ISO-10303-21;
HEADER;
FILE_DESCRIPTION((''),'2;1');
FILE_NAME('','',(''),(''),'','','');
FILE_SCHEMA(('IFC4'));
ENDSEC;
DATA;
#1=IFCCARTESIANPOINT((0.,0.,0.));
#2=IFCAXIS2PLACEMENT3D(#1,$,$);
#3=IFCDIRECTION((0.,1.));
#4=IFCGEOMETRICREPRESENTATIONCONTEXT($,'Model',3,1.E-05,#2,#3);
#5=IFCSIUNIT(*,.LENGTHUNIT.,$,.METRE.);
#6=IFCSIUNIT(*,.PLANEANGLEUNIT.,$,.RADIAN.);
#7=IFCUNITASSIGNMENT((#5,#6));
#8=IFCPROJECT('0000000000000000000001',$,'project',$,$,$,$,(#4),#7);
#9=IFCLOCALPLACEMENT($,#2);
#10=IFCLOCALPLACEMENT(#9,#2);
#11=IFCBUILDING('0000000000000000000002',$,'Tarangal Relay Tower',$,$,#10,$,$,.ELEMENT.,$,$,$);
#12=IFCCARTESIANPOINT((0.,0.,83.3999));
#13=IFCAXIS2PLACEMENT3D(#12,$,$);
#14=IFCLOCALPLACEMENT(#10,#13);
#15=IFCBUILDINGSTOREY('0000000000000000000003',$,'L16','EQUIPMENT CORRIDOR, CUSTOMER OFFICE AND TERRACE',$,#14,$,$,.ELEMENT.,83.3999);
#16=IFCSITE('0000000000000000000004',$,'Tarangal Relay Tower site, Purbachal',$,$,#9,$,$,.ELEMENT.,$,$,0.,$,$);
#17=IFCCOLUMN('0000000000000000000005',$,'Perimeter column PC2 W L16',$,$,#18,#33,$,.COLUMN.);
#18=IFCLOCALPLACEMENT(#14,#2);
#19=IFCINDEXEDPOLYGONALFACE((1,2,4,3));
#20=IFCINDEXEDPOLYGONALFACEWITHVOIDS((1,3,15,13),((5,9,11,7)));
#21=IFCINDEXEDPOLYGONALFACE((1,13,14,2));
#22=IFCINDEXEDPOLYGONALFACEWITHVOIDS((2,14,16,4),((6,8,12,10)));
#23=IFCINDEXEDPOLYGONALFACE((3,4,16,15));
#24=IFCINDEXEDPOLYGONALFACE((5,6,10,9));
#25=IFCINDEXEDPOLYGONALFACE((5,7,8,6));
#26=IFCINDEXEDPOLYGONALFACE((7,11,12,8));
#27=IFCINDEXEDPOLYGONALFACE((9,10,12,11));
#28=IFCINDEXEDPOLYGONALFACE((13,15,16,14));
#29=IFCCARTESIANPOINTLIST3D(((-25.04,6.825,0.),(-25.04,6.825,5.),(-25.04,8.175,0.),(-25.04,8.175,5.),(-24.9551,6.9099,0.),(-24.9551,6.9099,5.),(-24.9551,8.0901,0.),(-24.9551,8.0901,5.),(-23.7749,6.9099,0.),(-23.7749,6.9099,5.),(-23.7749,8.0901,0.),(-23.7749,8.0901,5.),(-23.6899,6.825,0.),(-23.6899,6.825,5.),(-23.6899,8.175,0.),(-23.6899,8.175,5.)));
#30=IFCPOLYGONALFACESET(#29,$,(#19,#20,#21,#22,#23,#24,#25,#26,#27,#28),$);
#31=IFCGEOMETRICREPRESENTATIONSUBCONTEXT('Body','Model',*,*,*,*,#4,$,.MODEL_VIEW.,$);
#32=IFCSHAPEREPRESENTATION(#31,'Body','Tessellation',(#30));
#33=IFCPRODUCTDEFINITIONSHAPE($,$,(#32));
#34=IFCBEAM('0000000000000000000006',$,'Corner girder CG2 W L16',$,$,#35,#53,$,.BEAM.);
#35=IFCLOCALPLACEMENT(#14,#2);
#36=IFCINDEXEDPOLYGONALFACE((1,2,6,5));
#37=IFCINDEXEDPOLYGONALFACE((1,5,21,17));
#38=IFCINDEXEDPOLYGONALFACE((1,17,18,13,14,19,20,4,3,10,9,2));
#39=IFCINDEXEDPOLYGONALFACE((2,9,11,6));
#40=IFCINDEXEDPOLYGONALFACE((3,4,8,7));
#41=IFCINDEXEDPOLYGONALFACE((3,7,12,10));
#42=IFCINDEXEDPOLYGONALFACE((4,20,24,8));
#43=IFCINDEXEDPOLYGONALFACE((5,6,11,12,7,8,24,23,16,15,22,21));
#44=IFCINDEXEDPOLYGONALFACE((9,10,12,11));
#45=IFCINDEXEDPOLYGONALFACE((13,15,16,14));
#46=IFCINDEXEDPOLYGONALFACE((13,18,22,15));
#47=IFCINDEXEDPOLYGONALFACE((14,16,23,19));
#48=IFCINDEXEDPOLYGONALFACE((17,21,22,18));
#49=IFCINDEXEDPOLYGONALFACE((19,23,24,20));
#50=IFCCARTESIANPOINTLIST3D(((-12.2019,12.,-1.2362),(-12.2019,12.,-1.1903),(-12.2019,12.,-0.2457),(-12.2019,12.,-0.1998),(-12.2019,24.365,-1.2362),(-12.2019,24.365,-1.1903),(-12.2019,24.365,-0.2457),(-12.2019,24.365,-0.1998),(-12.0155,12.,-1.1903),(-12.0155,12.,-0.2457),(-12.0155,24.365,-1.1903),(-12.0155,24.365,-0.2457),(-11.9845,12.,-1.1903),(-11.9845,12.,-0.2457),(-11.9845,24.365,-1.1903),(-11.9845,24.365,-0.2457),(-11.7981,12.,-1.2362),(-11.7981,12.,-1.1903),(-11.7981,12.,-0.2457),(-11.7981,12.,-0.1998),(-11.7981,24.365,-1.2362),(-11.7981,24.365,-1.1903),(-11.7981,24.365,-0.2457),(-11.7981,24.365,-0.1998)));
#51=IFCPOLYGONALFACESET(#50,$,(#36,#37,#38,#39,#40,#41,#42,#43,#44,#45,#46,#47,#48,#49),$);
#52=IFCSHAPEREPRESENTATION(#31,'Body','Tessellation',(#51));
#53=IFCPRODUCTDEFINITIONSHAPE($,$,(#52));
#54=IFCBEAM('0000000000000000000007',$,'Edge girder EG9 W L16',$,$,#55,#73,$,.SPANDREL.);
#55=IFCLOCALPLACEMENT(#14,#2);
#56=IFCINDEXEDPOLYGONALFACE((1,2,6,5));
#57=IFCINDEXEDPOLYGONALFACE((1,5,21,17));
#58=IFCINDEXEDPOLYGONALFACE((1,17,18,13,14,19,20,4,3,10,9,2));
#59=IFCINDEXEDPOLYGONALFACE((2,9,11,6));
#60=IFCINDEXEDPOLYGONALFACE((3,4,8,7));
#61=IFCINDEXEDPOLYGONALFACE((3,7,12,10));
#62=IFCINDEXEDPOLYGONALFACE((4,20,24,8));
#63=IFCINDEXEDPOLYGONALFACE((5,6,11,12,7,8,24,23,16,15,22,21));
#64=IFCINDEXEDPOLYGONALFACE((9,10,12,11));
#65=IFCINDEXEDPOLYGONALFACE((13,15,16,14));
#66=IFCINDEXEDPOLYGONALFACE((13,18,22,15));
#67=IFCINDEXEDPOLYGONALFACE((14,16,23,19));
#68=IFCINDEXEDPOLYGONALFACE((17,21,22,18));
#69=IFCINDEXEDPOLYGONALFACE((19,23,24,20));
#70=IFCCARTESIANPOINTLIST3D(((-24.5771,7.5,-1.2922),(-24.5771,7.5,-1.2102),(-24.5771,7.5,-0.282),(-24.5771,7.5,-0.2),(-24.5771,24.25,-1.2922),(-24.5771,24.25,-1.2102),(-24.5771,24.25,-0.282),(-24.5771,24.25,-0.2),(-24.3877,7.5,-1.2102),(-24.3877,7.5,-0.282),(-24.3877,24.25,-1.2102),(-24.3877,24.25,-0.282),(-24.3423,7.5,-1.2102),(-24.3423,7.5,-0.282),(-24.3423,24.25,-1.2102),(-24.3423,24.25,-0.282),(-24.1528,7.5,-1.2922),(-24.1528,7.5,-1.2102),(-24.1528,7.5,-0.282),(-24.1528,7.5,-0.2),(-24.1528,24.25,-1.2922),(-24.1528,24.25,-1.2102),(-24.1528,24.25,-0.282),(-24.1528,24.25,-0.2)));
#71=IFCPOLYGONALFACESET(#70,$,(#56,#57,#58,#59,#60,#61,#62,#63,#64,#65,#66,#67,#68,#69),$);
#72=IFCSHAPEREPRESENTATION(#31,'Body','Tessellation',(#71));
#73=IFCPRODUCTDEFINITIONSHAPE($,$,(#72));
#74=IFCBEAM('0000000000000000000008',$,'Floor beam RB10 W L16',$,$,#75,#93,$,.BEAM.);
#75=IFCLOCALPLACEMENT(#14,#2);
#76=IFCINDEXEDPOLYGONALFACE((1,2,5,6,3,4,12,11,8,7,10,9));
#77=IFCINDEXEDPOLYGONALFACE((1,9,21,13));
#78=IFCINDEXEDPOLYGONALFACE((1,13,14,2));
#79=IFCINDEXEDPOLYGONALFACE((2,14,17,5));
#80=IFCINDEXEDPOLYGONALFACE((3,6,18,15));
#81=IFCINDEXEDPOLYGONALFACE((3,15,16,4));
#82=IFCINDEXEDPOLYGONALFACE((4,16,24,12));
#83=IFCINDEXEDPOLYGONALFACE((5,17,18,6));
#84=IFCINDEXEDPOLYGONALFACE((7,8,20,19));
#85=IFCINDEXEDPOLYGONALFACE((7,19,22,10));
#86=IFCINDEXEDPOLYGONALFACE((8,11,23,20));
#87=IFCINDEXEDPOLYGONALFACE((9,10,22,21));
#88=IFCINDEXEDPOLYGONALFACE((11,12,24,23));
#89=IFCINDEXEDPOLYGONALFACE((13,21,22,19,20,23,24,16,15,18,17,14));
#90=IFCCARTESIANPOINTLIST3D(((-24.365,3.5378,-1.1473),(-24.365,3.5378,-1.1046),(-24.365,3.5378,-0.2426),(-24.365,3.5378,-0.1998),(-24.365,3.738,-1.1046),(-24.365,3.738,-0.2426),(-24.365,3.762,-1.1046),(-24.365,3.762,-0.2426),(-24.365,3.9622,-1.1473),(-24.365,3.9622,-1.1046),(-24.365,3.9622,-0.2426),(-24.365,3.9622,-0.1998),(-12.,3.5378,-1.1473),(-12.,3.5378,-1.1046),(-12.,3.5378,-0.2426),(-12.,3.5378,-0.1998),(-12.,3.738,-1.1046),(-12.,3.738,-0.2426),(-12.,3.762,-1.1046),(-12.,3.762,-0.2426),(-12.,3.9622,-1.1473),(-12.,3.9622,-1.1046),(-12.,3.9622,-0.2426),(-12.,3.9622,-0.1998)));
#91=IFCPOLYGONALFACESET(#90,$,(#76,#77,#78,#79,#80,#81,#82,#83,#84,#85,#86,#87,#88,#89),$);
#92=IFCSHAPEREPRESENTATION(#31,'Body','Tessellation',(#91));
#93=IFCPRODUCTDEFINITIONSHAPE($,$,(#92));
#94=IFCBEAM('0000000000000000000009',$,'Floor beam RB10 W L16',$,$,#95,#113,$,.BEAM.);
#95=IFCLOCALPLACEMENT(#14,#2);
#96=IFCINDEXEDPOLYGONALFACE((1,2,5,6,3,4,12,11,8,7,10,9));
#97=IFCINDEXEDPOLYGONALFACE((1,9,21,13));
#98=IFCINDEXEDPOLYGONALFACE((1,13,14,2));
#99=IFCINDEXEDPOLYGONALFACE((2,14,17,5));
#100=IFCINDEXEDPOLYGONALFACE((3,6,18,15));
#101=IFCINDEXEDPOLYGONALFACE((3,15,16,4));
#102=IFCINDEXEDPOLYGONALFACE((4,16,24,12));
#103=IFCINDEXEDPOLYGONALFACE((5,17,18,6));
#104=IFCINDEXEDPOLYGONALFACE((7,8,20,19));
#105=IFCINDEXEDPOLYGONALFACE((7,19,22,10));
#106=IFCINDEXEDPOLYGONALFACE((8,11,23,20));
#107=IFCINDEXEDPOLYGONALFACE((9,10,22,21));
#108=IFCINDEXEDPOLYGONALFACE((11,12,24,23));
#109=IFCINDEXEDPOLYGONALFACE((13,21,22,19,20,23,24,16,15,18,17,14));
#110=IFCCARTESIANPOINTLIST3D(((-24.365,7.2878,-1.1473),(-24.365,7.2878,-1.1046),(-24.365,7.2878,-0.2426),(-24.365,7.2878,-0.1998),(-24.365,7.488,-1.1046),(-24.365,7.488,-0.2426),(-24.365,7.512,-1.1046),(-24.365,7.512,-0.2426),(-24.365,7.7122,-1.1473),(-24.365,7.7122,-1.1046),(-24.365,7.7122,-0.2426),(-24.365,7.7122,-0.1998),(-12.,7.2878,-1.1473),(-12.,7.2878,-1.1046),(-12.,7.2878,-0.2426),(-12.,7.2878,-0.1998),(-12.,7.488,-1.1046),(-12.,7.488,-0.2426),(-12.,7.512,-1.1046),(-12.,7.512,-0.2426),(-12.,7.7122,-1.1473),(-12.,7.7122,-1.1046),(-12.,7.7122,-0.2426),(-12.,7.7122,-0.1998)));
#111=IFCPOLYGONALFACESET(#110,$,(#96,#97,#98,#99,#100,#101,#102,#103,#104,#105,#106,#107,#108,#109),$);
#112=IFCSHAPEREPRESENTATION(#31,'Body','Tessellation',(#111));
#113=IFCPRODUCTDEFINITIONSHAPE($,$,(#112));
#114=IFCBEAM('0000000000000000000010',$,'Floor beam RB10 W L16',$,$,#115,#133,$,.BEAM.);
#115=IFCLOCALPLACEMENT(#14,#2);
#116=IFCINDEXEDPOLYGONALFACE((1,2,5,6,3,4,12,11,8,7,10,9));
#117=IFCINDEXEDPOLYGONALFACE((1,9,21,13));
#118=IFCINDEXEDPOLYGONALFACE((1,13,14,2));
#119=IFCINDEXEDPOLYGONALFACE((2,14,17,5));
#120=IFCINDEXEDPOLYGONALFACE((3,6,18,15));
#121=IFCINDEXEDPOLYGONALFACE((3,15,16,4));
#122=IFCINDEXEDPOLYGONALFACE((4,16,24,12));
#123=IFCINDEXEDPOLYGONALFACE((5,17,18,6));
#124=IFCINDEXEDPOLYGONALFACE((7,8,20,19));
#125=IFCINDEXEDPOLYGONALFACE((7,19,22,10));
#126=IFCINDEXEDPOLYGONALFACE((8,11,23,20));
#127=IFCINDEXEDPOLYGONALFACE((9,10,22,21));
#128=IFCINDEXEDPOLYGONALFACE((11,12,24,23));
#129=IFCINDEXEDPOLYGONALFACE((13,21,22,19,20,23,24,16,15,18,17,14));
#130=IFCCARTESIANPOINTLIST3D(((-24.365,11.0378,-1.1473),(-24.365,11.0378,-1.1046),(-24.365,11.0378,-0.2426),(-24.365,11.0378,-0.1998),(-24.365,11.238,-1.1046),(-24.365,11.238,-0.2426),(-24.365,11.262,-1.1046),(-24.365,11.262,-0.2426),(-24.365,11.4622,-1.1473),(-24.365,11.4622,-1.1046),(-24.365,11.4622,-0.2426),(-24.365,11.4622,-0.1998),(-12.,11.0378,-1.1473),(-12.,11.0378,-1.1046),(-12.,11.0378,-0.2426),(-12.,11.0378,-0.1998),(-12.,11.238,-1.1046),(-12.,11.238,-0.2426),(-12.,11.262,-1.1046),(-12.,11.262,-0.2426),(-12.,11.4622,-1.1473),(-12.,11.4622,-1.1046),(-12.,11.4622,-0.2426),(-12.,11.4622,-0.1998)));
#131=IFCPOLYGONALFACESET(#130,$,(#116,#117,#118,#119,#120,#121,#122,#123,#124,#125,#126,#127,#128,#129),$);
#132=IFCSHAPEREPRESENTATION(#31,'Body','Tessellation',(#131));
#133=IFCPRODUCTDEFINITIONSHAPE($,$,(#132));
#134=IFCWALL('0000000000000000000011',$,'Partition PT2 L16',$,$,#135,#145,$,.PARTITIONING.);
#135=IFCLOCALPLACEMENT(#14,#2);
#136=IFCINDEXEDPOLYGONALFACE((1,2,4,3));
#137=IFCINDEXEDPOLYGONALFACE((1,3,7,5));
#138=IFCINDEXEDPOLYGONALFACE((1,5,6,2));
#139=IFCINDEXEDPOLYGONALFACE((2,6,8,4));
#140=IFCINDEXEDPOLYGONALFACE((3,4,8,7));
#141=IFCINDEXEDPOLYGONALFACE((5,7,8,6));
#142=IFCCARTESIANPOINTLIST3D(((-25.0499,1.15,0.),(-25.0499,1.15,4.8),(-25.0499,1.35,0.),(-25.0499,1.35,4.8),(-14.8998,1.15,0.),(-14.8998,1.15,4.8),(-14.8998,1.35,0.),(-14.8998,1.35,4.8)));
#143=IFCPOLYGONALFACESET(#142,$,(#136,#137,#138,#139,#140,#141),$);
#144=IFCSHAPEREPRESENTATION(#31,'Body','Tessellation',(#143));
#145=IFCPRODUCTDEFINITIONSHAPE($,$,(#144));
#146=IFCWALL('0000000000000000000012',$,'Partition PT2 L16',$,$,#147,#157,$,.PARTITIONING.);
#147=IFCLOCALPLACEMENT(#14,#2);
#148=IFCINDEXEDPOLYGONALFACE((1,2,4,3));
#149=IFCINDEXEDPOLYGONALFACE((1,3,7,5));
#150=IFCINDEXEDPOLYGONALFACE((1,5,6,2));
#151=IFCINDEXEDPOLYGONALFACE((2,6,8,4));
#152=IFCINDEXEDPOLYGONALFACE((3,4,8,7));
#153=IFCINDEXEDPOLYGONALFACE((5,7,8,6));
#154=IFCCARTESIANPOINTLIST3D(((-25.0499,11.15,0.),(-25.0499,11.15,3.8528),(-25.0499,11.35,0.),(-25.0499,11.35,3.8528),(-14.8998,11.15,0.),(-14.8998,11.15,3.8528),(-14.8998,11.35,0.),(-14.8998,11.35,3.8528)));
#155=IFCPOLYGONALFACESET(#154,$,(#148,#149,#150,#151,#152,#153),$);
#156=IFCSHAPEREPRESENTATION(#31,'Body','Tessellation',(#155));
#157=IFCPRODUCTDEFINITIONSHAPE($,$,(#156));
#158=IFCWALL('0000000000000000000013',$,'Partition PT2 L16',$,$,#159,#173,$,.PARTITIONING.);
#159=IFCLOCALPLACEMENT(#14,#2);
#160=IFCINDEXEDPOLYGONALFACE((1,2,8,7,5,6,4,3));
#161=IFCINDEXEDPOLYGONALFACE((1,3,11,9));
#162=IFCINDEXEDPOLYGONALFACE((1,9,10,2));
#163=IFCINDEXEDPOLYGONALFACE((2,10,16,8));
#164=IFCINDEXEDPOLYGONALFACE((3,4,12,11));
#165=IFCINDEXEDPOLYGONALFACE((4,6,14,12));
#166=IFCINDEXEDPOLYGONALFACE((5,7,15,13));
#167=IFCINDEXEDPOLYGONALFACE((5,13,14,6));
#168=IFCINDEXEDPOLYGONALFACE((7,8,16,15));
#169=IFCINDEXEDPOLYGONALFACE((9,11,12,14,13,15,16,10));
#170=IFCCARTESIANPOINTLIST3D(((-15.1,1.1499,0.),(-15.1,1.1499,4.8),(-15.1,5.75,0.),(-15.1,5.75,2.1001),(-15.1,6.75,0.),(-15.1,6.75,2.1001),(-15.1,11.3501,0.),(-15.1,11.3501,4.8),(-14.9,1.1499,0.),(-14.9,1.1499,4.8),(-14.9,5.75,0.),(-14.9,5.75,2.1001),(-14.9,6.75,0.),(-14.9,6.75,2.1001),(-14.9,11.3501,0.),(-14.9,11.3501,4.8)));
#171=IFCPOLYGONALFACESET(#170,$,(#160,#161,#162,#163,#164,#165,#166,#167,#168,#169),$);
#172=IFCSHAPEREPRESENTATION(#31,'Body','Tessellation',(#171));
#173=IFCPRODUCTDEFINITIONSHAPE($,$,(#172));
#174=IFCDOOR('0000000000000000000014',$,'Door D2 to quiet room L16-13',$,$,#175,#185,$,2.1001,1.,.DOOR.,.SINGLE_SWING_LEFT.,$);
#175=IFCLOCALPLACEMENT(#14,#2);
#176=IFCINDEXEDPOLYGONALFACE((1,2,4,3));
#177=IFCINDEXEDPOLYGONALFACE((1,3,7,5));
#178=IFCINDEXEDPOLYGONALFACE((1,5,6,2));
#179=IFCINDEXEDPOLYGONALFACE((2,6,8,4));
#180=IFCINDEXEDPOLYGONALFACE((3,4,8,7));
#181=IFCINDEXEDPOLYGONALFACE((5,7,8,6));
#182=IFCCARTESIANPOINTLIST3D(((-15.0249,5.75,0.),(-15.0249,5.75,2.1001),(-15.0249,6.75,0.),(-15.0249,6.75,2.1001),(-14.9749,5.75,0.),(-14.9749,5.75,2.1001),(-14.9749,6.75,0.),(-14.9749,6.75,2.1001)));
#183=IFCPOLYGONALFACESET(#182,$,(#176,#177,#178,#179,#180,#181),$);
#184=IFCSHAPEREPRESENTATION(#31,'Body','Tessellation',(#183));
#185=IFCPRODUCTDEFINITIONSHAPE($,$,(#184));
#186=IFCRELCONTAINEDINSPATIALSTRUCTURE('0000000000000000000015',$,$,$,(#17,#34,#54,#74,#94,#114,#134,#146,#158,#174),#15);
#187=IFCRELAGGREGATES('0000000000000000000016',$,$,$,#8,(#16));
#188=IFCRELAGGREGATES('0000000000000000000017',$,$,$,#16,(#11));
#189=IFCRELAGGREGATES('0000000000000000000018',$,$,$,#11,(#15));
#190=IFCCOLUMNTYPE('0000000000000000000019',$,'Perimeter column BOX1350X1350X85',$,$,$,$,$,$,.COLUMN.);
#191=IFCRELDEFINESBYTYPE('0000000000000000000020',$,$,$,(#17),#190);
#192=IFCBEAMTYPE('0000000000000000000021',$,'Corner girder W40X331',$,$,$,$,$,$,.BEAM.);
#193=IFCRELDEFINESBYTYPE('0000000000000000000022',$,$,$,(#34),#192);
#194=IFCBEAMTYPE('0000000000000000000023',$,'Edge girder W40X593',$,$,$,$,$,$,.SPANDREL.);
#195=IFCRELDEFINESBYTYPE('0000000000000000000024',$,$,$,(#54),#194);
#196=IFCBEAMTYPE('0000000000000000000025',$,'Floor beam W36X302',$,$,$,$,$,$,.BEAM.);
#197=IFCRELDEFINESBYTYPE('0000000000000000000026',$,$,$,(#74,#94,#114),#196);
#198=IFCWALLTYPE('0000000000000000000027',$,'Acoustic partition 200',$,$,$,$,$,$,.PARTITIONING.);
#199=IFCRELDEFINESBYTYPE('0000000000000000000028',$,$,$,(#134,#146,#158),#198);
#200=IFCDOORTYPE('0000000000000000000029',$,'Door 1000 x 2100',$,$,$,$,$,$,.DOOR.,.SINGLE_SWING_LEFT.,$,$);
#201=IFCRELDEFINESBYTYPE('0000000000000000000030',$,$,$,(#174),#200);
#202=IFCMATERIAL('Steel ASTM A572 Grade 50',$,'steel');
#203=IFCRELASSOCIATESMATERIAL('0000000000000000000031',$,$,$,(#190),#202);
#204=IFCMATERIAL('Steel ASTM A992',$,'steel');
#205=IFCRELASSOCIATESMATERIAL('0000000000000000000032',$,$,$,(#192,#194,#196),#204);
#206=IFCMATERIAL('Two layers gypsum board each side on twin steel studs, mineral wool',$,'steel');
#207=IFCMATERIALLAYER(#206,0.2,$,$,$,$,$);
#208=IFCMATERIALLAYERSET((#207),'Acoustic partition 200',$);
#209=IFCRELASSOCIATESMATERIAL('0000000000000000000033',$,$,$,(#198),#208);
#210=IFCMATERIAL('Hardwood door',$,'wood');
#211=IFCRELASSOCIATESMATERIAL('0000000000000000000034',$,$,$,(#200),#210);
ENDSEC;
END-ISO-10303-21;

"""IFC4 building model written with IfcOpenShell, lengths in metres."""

from ifc_helpers import new_model, si_unit, direction, frame, frame_2d, origin, origin_2d, place, context, subcontext, project, spatial, rectangle, hollow_rectangle, i_section, extrude, material, layer, layer_set, material_profile, profile_set, type_object, element, fill, save


model = new_model("IFC4")

# Units and contexts
model_context = context("Model", 3, precision=1e-05, world=origin(), true_north=direction((0.0, 1.0)))
body_context = subcontext(model_context, "Body", "Model", "MODEL_VIEW")
ifc_project = project(units=[si_unit("LENGTHUNIT", "METRE"), si_unit("PLANEANGLEUNIT", "RADIAN")], contexts=[model_context])

# Site, building, storey
site_placement = place(None, origin())
site = spatial("IfcSite", under=ifc_project, at=site_placement, Name="Tarangal Relay Tower site, Purbachal", CompositionType="ELEMENT", RefElevation=0.0)
building_placement = place(site_placement, origin())
building = spatial("IfcBuilding", under=site, at=building_placement, Name="Tarangal Relay Tower", CompositionType="ELEMENT")
storey_placement = place(building_placement, frame((0.0, 0.0, 83.3999)))
storey = spatial("IfcBuildingStorey", under=building, at=storey_placement, Name="L16", Description="EQUIPMENT CORRIDOR, CUSTOMER OFFICE AND TERRACE", CompositionType="ELEMENT", Elevation=83.3999)

# Column
ifc_material_1 = material(Name="Steel ASTM A572 Grade 50", Category="steel")
ifc_material_profile_1 = material_profile(ifc_material_1, hollow_rectangle(XDim=1.3501, YDim=1.3501, WallThickness=0.085, at=origin_2d()), Name="BOX1350X1350X85")
ifc_profile_set_1 = profile_set([ifc_material_profile_1], Name="Steel ASTM A572 Grade 50")
column_type = type_object("IfcColumnType", Name="Perimeter column BOX1350X1350X85", PredefinedType="COLUMN", material=ifc_profile_set_1)
column_placement = place(storey_placement, frame((-24.365, 7.5, 0.0), z_axis=(0.0, 0.0, 1.0), x_axis=(1.0, 0.0, 0.0)))
element("IfcColumn", 1, at=column_placement, inside=storey, type_object=column_type, Name="Perimeter column PC2 W L16", PredefinedType="COLUMN", context=body_context, shape_type="SweptSolid", body=[
    extrude(hollow_rectangle(XDim=1.3501, YDim=1.3501, WallThickness=0.085, at=origin_2d()), origin(), (0.0, 0.0, 1.0), 5.0),
])

# Beams
ifc_material_2 = material(Name="Steel ASTM A992", Category="steel")
ifc_material_profile_2 = material_profile(ifc_material_2, i_section(OverallWidth=0.4038, OverallDepth=1.0364, WebThickness=0.031, FlangeThickness=0.0459, at=origin_2d()), Name="W40X331")
ifc_profile_set_2 = profile_set([ifc_material_profile_2], Name="Steel ASTM A992")
beam_type_1 = type_object("IfcBeamType", Name="Corner girder W40X331", PredefinedType="BEAM", material=ifc_profile_set_2)
beam_1_placement = place(storey_placement, frame((-12.0, 12.0, -0.718), z_axis=(0.0, 1.0, 0.0), x_axis=(-1.0, 0.0, 0.0)))
element("IfcBeam", 2, at=beam_1_placement, inside=storey, type_object=beam_type_1, Name="Corner girder CG2 W L16", PredefinedType="BEAM", context=body_context, shape_type="SweptSolid", body=[
    extrude(i_section(OverallWidth=0.4038, OverallDepth=1.0364, WebThickness=0.031, FlangeThickness=0.0459, at=origin_2d()), origin(), (0.0, 0.0, 1.0), 12.365),
])
ifc_material_profile_3 = material_profile(ifc_material_2, i_section(OverallWidth=0.4243, OverallDepth=1.0923, WebThickness=0.0454, FlangeThickness=0.082, at=origin_2d()), Name="W40X593")
ifc_profile_set_3 = profile_set([ifc_material_profile_3], Name="Steel ASTM A992")
beam_type_2 = type_object("IfcBeamType", Name="Edge girder W40X593", PredefinedType="SPANDREL", material=ifc_profile_set_3)
beam_2_placement = place(storey_placement, frame((-24.365, 7.5, -0.7461), z_axis=(0.0, 1.0, 0.0), x_axis=(-1.0, 0.0, 0.0)))
element("IfcBeam", 3, at=beam_2_placement, inside=storey, type_object=beam_type_2, Name="Edge girder EG9 W L16", PredefinedType="SPANDREL", context=body_context, shape_type="SweptSolid", body=[
    extrude(i_section(OverallWidth=0.4243, OverallDepth=1.0923, WebThickness=0.0454, FlangeThickness=0.082, at=origin_2d()), origin(), (0.0, 0.0, 1.0), 16.75),
])
ifc_material_profile_4 = material_profile(ifc_material_2, i_section(OverallWidth=0.4243, OverallDepth=0.9475, WebThickness=0.0239, FlangeThickness=0.0427, at=origin_2d()), Name="W36X302")
ifc_profile_set_4 = profile_set([ifc_material_profile_4], Name="Steel ASTM A992")
beam_type_3 = type_object("IfcBeamType", Name="Floor beam W36X302", PredefinedType="BEAM", material=ifc_profile_set_4)
for number, where, z_axis, x_axis, name in (
    (4, (-12.0, 3.75, -0.6736), (-1.0, 0.0, 0.0), (0.0, -1.0, 0.0), "Floor beam RB10 W L16"),
    (5, (-12.0, 7.5, -0.6736), (-1.0, 0.0, 0.0), (0.0, -1.0, 0.0), "Floor beam RB10 W L16"),
    (6, (-12.0, 11.25, -0.6736), (-1.0, 0.0, 0.0), (0.0, -1.0, 0.0), "Floor beam RB10 W L16"),
):
    element("IfcBeam", number, at=place(storey_placement, frame(where, z_axis=z_axis, x_axis=x_axis)), inside=storey, type_object=beam_type_3, Name=name, PredefinedType="BEAM", context=body_context, shape_type="SweptSolid", body=[
        extrude(i_section(OverallWidth=0.4243, OverallDepth=0.9475, WebThickness=0.0239, FlangeThickness=0.0427, at=origin_2d()), origin(), (0.0, 0.0, 1.0), 12.365),
    ])

# Walls
ifc_material_3 = material(Name="Two layers gypsum board each side on twin steel studs, mineral wool", Category="steel")
ifc_layer_1 = layer(ifc_material_3, 0.2)
ifc_layer_set_1 = layer_set([ifc_layer_1], Name="Acoustic partition 200")
wall_type_1 = type_object("IfcWallType", Name="Acoustic partition 200", PredefinedType="PARTITIONING", material=ifc_layer_set_1)
wall_1_placement = place(storey_placement, frame((-25.05, 1.25, 0.0), z_axis=(0.0, 0.0, 1.0), x_axis=(1.0, 0.0, 0.0)))
element("IfcWall", 7, at=wall_1_placement, inside=storey, type_object=wall_type_1, Name="Partition PT2 L16", PredefinedType="PARTITIONING", context=body_context, shape_type="SweptSolid", body=[
    extrude(rectangle(XDim=10.1501, YDim=0.2, at=frame_2d((5.0752, 0.0))), origin(), (0.0, 0.0, 1.0), 4.8),
])
wall_2_placement = place(storey_placement, frame((-25.05, 11.25, 0.0), z_axis=(0.0, 0.0, 1.0), x_axis=(1.0, 0.0, 0.0)))
element("IfcWall", 8, at=wall_2_placement, inside=storey, type_object=wall_type_1, Name="Partition PT2 L16", PredefinedType="PARTITIONING", context=body_context, shape_type="SweptSolid", body=[
    extrude(rectangle(XDim=10.1501, YDim=0.2, at=frame_2d((5.0752, 0.0))), origin(), (0.0, 0.0, 1.0), 3.8528),
])

# Wall, opening, door
wall_3_placement = place(storey_placement, frame((-15.0, 1.1499, 0.0), z_axis=(0.0, 0.0, 1.0), x_axis=(0.0, 1.0, 0.0)))
wall_3 = element("IfcWall", 9, at=wall_3_placement, inside=storey, type_object=wall_type_1, Name="Partition PT2 L16", PredefinedType="PARTITIONING", context=body_context, shape_type="SweptSolid", body=[
    extrude(rectangle(XDim=10.2002, YDim=0.2, at=frame_2d((5.1001, 0.0))), origin(), (0.0, 0.0, 1.0), 4.8),
])
opening_1_placement = place(wall_3_placement, frame((4.6001, 0.0, 0.0)))
opening_1 = element("IfcOpeningElement", 10, at=opening_1_placement, cuts=wall_3, PredefinedType="OPENING", context=body_context, shape_type="SweptSolid", body=[
    extrude(rectangle(XDim=1.0, YDim=2.1001, at=frame_2d((0.5, 1.05))), frame((0.0, 0.1099, 0.0), z_axis=(0.0, -1.0, 0.0), x_axis=(1.0, 0.0, 0.0)), (0.0, 0.0, 1.0), 0.22),
])
ifc_material_4 = material(Name="Hardwood door", Category="wood")
door_type_1 = type_object("IfcDoorType", Name="Door 1000 x 2100", OperationType="SINGLE_SWING_LEFT", PredefinedType="DOOR", material=ifc_material_4)
door_1_placement = place(opening_1_placement, origin())
door_1 = element("IfcDoor", 11, at=door_1_placement, inside=storey, type_object=door_type_1, Name="Door D2 to quiet room L16-13", OperationType="SINGLE_SWING_LEFT", OverallHeight=2.1001, OverallWidth=1.0, PredefinedType="DOOR", context=body_context, shape_type="SweptSolid", body=[
    extrude(rectangle(XDim=1.0, YDim=2.1001, at=frame_2d((0.5, 1.05))), frame((0.0, 0.0249, 0.0), z_axis=(0.0, -1.0, 0.0), x_axis=(1.0, 0.0, 0.0)), (0.0, 0.0, 1.0), 0.05),
])
fill(opening_1, door_1)

save(model, "model.ifc")
